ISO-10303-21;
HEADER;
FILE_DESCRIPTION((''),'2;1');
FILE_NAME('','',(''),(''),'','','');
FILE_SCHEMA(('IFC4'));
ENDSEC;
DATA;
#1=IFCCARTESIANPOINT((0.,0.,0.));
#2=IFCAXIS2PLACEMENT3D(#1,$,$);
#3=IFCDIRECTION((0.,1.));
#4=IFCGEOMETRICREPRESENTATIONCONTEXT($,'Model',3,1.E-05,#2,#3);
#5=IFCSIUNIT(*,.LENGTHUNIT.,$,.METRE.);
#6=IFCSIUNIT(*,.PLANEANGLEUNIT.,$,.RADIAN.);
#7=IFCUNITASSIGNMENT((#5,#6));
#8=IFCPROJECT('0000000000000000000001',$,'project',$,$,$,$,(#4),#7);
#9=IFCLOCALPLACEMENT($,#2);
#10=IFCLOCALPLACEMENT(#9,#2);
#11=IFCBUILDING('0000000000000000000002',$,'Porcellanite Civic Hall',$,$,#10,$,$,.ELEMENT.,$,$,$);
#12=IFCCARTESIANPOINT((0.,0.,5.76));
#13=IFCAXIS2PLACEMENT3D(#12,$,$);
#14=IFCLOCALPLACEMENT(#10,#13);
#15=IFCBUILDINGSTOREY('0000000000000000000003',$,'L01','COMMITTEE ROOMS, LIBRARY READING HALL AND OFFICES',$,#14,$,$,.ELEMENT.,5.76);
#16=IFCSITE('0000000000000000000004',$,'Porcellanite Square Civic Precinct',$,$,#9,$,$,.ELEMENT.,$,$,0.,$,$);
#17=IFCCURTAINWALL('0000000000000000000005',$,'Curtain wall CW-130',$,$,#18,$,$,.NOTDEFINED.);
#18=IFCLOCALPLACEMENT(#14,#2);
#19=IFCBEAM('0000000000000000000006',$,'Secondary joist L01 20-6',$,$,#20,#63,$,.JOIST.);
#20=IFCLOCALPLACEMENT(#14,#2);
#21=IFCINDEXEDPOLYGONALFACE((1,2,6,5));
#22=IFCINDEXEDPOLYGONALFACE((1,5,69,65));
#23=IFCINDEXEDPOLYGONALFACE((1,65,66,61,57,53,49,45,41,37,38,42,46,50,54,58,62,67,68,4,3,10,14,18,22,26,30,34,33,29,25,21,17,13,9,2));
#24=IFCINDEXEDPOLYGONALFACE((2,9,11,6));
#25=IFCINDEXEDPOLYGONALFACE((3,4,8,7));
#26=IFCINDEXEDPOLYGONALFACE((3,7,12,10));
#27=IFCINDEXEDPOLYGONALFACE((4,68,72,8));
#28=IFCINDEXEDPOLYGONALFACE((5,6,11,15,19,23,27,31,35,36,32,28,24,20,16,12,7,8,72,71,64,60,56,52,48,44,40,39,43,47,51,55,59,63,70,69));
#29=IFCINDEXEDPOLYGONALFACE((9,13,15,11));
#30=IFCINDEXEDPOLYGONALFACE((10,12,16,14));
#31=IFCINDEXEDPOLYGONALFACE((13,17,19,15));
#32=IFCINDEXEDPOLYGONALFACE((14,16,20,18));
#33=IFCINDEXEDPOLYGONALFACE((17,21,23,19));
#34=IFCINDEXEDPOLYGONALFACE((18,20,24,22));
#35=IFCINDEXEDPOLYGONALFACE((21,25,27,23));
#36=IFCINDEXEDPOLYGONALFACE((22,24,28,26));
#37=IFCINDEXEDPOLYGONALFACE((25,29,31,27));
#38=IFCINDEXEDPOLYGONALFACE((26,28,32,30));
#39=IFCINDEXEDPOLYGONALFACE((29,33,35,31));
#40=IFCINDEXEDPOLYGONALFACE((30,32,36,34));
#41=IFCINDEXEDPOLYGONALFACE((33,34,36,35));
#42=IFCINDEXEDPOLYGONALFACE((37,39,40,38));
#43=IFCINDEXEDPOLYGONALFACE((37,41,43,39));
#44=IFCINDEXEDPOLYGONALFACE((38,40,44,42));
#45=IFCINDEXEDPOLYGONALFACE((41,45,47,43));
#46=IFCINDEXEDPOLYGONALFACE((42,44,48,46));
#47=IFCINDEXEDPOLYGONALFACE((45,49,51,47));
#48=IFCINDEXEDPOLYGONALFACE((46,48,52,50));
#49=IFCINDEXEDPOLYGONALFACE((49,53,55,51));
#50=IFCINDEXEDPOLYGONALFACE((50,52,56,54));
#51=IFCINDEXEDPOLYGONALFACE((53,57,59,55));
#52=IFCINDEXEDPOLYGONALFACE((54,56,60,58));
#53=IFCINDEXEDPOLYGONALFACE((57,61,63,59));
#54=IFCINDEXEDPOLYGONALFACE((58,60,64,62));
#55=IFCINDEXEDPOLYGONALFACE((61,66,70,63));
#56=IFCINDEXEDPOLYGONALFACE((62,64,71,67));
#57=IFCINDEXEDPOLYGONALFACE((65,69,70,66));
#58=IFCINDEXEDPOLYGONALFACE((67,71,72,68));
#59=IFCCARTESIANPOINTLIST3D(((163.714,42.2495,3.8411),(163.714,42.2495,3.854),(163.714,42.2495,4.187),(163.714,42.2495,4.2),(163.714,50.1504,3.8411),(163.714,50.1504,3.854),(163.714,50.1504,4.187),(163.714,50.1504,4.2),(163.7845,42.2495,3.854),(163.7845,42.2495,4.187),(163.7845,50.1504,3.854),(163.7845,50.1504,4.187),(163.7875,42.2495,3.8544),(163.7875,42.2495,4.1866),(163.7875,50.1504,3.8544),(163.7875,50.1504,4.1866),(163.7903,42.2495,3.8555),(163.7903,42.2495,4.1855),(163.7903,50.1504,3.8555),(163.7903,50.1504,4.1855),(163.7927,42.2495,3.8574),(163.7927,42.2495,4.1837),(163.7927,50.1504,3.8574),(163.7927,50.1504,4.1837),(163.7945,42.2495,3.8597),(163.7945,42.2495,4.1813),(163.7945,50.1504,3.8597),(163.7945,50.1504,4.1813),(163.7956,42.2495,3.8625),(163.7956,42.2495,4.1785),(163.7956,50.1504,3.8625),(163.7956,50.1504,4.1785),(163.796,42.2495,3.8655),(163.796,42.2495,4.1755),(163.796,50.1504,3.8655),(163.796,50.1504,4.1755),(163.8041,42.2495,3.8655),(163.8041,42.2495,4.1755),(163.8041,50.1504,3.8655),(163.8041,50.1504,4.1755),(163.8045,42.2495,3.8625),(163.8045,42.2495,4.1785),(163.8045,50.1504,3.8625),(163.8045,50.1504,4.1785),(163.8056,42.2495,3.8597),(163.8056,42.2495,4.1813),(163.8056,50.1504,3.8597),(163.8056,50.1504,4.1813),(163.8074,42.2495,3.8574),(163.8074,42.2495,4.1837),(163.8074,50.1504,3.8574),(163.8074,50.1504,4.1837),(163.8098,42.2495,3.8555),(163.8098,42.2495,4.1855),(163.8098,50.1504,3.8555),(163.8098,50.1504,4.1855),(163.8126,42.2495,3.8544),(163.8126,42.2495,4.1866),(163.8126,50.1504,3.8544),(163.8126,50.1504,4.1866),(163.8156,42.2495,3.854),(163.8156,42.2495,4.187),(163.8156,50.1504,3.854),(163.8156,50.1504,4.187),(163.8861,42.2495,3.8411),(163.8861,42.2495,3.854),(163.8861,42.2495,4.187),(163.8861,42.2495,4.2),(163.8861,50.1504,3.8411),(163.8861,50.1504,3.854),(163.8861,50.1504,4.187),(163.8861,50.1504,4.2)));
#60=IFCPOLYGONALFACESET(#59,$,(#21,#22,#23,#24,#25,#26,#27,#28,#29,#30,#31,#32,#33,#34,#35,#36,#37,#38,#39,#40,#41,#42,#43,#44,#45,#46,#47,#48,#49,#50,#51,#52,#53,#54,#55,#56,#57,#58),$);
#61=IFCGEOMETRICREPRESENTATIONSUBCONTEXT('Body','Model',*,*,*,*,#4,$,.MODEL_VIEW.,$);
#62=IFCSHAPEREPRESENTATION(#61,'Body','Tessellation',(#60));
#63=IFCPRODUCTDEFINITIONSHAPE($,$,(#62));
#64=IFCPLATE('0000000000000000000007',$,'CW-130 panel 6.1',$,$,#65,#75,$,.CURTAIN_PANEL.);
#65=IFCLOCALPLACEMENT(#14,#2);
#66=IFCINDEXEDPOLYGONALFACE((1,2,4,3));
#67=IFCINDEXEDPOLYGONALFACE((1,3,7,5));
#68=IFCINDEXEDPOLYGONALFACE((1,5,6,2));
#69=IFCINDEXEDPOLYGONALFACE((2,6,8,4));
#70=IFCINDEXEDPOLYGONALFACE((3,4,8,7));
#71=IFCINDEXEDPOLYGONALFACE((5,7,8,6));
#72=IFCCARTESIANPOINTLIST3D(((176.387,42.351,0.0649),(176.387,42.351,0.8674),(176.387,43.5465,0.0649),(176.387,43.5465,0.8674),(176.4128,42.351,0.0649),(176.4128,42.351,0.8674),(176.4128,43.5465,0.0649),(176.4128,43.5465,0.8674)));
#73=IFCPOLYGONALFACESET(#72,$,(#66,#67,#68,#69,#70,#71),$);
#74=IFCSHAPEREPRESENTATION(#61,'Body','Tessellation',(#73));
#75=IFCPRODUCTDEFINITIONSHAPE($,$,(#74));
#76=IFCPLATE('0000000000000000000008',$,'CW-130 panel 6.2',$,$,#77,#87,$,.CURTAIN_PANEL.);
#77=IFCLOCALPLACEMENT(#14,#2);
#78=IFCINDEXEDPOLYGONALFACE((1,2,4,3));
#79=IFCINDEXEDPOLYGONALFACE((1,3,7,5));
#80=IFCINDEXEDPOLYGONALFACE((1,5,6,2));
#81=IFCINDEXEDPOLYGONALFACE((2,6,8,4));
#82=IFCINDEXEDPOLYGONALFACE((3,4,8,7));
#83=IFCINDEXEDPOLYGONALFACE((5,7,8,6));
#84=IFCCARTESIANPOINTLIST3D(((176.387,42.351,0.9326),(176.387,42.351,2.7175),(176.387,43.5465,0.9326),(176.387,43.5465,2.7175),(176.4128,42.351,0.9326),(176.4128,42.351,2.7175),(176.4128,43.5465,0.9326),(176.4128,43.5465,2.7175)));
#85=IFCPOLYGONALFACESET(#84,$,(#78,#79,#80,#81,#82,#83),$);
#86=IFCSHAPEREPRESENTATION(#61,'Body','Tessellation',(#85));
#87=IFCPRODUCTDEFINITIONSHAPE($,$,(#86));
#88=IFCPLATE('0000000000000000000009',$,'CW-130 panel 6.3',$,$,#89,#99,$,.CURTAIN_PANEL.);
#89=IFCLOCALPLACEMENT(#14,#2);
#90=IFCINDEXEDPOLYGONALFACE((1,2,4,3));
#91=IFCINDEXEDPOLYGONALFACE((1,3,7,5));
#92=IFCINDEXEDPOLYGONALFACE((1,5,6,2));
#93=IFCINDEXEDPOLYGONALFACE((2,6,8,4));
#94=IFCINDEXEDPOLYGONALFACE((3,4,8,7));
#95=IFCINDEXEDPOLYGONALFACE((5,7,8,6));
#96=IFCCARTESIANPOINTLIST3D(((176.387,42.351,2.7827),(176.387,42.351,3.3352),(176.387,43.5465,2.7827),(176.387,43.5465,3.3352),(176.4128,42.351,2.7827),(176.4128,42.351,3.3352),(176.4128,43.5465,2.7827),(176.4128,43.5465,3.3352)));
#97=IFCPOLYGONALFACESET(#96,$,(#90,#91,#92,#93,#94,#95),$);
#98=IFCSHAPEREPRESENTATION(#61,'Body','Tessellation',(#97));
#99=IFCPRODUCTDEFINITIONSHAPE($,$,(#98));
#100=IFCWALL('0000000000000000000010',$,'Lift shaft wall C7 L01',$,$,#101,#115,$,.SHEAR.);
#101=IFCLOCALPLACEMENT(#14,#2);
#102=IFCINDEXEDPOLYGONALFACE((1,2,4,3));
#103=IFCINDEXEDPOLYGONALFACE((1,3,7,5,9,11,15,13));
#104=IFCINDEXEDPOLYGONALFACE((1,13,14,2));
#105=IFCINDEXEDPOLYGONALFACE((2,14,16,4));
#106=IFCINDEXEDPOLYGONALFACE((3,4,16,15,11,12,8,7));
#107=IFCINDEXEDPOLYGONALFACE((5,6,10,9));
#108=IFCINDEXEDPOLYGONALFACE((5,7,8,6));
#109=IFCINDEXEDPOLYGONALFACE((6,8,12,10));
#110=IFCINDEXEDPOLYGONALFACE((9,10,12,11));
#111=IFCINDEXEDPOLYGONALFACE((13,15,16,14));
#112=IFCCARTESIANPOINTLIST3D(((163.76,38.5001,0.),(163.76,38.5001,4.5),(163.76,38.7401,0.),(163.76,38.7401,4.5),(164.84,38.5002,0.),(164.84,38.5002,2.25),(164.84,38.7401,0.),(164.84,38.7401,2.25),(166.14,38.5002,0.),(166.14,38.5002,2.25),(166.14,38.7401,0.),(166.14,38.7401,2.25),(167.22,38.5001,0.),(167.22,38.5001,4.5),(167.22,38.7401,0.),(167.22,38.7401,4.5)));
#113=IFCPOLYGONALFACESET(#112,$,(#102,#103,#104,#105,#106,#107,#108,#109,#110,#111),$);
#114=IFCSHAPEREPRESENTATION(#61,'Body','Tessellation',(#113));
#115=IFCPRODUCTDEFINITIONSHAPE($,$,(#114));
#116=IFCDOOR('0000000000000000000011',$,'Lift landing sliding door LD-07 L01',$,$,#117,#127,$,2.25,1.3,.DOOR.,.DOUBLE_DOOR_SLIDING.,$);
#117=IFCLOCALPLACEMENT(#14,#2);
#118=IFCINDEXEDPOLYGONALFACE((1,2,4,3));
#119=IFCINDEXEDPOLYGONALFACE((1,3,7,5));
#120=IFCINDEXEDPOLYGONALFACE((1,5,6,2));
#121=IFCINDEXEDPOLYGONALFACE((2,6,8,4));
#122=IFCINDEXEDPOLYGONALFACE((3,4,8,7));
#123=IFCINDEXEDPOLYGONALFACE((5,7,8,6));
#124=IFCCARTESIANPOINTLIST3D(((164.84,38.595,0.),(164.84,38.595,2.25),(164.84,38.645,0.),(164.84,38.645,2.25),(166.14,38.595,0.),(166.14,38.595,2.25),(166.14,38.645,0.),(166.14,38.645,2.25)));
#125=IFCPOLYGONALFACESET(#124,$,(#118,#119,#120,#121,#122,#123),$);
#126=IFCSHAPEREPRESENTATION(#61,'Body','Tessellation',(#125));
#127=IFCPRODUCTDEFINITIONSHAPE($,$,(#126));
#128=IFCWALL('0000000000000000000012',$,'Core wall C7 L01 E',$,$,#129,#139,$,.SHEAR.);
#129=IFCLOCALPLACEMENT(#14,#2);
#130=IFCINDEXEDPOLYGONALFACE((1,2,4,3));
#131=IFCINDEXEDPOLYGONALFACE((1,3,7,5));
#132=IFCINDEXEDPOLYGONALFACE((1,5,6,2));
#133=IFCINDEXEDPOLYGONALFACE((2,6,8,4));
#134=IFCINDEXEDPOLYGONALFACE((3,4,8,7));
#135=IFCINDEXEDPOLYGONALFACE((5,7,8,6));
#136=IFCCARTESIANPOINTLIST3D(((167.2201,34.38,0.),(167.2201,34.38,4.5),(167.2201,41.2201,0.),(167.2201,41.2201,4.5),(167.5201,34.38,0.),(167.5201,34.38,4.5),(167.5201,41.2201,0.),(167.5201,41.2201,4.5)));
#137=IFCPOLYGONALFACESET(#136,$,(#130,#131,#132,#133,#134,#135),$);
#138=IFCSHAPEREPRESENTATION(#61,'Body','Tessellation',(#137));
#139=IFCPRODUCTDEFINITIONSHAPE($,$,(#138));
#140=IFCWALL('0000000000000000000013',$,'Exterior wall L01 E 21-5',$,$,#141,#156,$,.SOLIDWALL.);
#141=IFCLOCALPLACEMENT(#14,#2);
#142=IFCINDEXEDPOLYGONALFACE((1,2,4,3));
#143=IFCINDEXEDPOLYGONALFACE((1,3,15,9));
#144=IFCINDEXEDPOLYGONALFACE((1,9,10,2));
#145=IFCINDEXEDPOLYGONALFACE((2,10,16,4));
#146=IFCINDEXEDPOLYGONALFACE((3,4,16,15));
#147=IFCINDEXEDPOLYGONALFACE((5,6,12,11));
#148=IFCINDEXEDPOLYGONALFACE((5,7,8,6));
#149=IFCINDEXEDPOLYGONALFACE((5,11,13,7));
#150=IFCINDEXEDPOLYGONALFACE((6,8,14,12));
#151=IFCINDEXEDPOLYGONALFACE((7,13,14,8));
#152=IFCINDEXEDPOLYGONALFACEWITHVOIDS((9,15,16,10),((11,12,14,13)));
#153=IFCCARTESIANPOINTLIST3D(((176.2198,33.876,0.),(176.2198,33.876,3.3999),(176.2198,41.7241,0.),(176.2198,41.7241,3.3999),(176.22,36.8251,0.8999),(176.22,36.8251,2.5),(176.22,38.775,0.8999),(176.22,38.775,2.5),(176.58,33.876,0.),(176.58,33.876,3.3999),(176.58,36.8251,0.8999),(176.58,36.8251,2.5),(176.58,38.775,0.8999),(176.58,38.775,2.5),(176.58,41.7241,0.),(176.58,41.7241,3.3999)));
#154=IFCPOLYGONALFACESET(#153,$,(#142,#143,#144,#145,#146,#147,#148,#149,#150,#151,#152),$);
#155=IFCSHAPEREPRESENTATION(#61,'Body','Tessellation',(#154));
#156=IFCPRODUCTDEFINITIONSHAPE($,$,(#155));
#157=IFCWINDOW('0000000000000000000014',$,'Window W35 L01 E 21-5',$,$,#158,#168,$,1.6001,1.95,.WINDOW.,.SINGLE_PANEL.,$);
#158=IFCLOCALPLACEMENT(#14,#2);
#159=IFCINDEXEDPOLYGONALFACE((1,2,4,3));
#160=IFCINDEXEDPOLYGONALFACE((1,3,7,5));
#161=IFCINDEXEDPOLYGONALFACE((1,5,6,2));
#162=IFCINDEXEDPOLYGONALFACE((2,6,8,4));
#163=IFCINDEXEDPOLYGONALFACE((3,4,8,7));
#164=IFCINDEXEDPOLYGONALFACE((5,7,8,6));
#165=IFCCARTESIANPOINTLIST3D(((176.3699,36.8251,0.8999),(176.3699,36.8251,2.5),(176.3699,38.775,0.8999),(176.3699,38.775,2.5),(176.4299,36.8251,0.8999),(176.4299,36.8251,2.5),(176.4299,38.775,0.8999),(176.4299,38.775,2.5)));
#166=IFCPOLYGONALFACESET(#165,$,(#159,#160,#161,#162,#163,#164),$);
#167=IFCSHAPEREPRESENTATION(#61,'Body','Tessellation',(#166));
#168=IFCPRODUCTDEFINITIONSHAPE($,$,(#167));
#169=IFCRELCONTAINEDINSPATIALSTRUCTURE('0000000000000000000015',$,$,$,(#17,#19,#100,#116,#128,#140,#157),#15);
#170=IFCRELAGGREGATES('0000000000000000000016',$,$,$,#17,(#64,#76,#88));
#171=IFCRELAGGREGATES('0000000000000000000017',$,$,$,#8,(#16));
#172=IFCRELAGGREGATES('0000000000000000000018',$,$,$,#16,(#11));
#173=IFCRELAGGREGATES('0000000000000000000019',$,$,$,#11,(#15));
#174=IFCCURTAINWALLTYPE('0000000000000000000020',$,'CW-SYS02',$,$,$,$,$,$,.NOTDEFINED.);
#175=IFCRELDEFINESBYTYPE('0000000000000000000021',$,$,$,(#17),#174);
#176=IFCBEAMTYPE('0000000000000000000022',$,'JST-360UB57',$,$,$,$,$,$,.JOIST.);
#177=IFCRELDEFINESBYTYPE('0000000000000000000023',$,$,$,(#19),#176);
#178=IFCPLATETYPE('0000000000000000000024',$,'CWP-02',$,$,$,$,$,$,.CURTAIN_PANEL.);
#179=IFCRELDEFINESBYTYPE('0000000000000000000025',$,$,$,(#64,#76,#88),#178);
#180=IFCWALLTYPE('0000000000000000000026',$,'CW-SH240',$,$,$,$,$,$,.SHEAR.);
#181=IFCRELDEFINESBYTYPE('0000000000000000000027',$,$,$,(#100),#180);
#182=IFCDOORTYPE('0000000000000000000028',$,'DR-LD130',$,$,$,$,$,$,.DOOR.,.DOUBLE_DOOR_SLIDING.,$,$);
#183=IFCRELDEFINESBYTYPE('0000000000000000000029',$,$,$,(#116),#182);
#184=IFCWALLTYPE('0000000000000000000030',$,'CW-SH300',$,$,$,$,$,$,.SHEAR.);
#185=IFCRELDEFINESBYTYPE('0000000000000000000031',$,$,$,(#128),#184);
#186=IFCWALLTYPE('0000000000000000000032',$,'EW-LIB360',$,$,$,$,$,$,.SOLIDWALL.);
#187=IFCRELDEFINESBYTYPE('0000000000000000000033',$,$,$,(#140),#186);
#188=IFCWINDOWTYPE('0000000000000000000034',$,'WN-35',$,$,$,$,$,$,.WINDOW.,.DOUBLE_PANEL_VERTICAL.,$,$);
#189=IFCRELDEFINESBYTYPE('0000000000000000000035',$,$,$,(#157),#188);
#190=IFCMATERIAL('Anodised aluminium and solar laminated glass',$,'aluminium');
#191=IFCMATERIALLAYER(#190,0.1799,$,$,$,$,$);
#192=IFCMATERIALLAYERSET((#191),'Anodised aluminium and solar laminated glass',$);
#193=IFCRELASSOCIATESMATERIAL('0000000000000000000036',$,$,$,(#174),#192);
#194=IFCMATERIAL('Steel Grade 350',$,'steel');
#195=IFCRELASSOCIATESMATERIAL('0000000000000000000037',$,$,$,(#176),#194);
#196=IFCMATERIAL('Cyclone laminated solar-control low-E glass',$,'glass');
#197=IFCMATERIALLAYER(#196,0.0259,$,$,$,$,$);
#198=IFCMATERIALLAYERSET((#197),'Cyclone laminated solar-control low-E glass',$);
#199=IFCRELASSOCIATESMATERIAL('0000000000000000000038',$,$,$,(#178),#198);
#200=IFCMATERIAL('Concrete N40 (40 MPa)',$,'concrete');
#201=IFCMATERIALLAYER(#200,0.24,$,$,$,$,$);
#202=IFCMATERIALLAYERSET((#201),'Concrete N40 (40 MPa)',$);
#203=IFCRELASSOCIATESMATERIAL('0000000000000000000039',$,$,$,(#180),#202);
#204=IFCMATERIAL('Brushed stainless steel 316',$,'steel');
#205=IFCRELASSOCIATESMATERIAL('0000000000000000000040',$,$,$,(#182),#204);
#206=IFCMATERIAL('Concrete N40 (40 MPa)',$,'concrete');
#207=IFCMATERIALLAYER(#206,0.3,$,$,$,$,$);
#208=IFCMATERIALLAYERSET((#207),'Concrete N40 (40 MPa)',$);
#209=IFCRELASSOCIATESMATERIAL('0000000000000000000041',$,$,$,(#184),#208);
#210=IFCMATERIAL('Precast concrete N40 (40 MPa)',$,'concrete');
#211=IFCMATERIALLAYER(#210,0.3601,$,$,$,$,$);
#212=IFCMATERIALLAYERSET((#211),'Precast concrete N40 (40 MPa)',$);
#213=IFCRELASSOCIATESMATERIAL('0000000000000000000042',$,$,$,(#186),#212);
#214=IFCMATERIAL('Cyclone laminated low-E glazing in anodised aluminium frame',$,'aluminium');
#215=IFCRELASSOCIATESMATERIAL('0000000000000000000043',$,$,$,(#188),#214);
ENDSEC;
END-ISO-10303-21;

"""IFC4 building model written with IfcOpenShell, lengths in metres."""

from ifc_helpers import new_model, si_unit, direction, frame, frame_2d, origin, origin_2d, place, context, subcontext, project, spatial, rectangle, i_section, extrude, material, layer, layer_set, material_profile, profile_set, type_object, element, fill, aggregate, save


model = new_model("IFC4")

# Units and contexts
model_context = context("Model", 3, precision=1e-05, world=origin(), true_north=direction((0.0, 1.0)))
body_context = subcontext(model_context, "Body", "Model", "MODEL_VIEW")
ifc_project = project(units=[si_unit("LENGTHUNIT", "METRE"), si_unit("PLANEANGLEUNIT", "RADIAN")], contexts=[model_context])

# Site, building, storey
site_placement = place(None, origin())
site = spatial("IfcSite", under=ifc_project, at=site_placement, Name="Porcellanite Square Civic Precinct", CompositionType="ELEMENT", RefElevation=0.0)
building_placement = place(site_placement, origin())
building = spatial("IfcBuilding", under=site, at=building_placement, Name="Porcellanite Civic Hall", CompositionType="ELEMENT")
storey_placement = place(building_placement, frame((0.0, 0.0, 5.76)))
storey = spatial("IfcBuildingStorey", under=building, at=storey_placement, Name="L01", Description="COMMITTEE ROOMS, LIBRARY READING HALL AND OFFICES", CompositionType="ELEMENT", Elevation=5.76)

# Curtain wall
ifc_material_1 = material(Name="Anodised aluminium and solar laminated glass", Category="aluminium")
ifc_layer_1 = layer(ifc_material_1, 0.1799)
ifc_layer_set_1 = layer_set([ifc_layer_1], Name="Anodised aluminium and solar laminated glass")
curtain_wall_type = type_object("IfcCurtainWallType", Name="CW-SYS02", PredefinedType="NOTDEFINED", material=ifc_layer_set_1)
curtain_wall_placement = place(storey_placement, origin())
curtain_wall = element("IfcCurtainWall", 1, at=curtain_wall_placement, inside=storey, type_object=curtain_wall_type, Name="Curtain wall CW-130", PredefinedType="NOTDEFINED")

# Beam
ifc_material_2 = material(Name="Steel Grade 350", Category="steel")
ifc_material_profile_1 = material_profile(ifc_material_2, i_section(OverallWidth=0.1721, OverallDepth=0.3589, WebThickness=0.0081, FlangeThickness=0.0129, FilletRadius=0.0115, at=origin_2d()), Name="360UB56.7")
ifc_profile_set_1 = profile_set([ifc_material_profile_1], Name="Steel Grade 350")
beam_type_1 = type_object("IfcBeamType", Name="JST-360UB57", PredefinedType="JOIST", material=ifc_profile_set_1)
beam_1_placement = place(storey_placement, frame((163.8, 42.2495, 4.0205), z_axis=(0.0, 1.0, 0.0), x_axis=(-1.0, 0.0, 0.0)))
element("IfcBeam", 2, at=beam_1_placement, inside=storey, type_object=beam_type_1, Name="Secondary joist L01 20-6", PredefinedType="JOIST", context=body_context, shape_type="SweptSolid", body=[
    extrude(i_section(OverallWidth=0.1721, OverallDepth=0.3589, WebThickness=0.0081, FlangeThickness=0.0129, FilletRadius=0.0115, at=origin_2d()), origin(), (0.0, 0.0, 1.0), 7.9009),
])

# Plates
ifc_material_3 = material(Name="Cyclone laminated solar-control low-E glass", Category="glass")
ifc_layer_2 = layer(ifc_material_3, 0.0259)
ifc_layer_set_2 = layer_set([ifc_layer_2], Name="Cyclone laminated solar-control low-E glass")
plate_type = type_object("IfcPlateType", Name="CWP-02", PredefinedType="CURTAIN_PANEL", material=ifc_layer_set_2)
plate_1_placement = place(storey_placement, frame((176.3999, 42.9487, 0.0649), z_axis=(0.0, 0.0, 1.0), x_axis=(0.0, -1.0, 0.0)))
plate_1 = element("IfcPlate", 3, at=plate_1_placement, type_object=plate_type, Name="CW-130 panel 6.1", PredefinedType="CURTAIN_PANEL", context=body_context, shape_type="SweptSolid", body=[
    extrude(rectangle(XDim=1.1956, YDim=0.0259, at=origin_2d()), origin(), (0.0, 0.0, 1.0), 0.8025),
])
plate_2_placement = place(storey_placement, frame((176.3999, 42.9487, 0.9326), z_axis=(0.0, 0.0, 1.0), x_axis=(0.0, -1.0, 0.0)))
plate_2 = element("IfcPlate", 4, at=plate_2_placement, type_object=plate_type, Name="CW-130 panel 6.2", PredefinedType="CURTAIN_PANEL", context=body_context, shape_type="SweptSolid", body=[
    extrude(rectangle(XDim=1.1956, YDim=0.0259, at=origin_2d()), origin(), (0.0, 0.0, 1.0), 1.7849),
])
plate_3_placement = place(storey_placement, frame((176.3999, 42.9487, 2.7827), z_axis=(0.0, 0.0, 1.0), x_axis=(0.0, -1.0, 0.0)))
plate_3 = element("IfcPlate", 5, at=plate_3_placement, type_object=plate_type, Name="CW-130 panel 6.3", PredefinedType="CURTAIN_PANEL", context=body_context, shape_type="SweptSolid", body=[
    extrude(rectangle(XDim=1.1956, YDim=0.0259, at=origin_2d()), origin(), (0.0, 0.0, 1.0), 0.5525),
])
aggregate(curtain_wall, [plate_1, plate_2, plate_3])

# Wall, opening, door
ifc_material_4 = material(Name="Concrete N40 (40 MPa)", Category="concrete")
ifc_layer_3 = layer(ifc_material_4, 0.24)
ifc_layer_set_3 = layer_set([ifc_layer_3], Name="Concrete N40 (40 MPa)")
wall_type_1 = type_object("IfcWallType", Name="CW-SH240", PredefinedType="SHEAR", material=ifc_layer_set_3)
wall_1_placement = place(storey_placement, frame((163.76, 38.6201, 0.0), z_axis=(0.0, 0.0, 1.0), x_axis=(1.0, 0.0, 0.0)))
wall_1 = element("IfcWall", 6, at=wall_1_placement, inside=storey, type_object=wall_type_1, Name="Lift shaft wall C7 L01", PredefinedType="SHEAR", context=body_context, shape_type="SweptSolid", body=[
    extrude(rectangle(XDim=3.46, YDim=0.24, at=frame_2d((1.73, 0.0))), origin(), (0.0, 0.0, 1.0), 4.5),
])
opening_1_placement = place(wall_1_placement, frame((1.0801, 0.0, 0.0)))
opening_1 = element("IfcOpeningElement", 7, at=opening_1_placement, cuts=wall_1, PredefinedType="OPENING", context=body_context, shape_type="SweptSolid", body=[
    extrude(rectangle(XDim=1.3, YDim=2.25, at=frame_2d((0.6499, 1.125))), frame((0.0, 0.1201, 0.0), z_axis=(0.0, -1.0, 0.0), x_axis=(1.0, 0.0, 0.0)), (0.0, 0.0, 1.0), 0.24),
])
ifc_material_5 = material(Name="Brushed stainless steel 316", Category="steel")
door_type_1 = type_object("IfcDoorType", Name="DR-LD130", OperationType="DOUBLE_DOOR_SLIDING", PredefinedType="DOOR", material=ifc_material_5)
door_1_placement = place(opening_1_placement, origin())
door_1 = element("IfcDoor", 8, at=door_1_placement, inside=storey, type_object=door_type_1, Name="Lift landing sliding door LD-07 L01", OperationType="DOUBLE_DOOR_SLIDING", OverallHeight=2.25, OverallWidth=1.3, PredefinedType="DOOR", context=body_context, shape_type="SweptSolid", body=[
    extrude(rectangle(XDim=1.3, YDim=2.25, at=frame_2d((0.6499, 1.125))), frame((0.0, 0.0249, 0.0), z_axis=(0.0, -1.0, 0.0), x_axis=(1.0, 0.0, 0.0)), (0.0, 0.0, 1.0), 0.05),
])
fill(opening_1, door_1)
ifc_material_6 = material(Name="Concrete N40 (40 MPa)", Category="concrete")
ifc_layer_4 = layer(ifc_material_6, 0.3)
ifc_layer_set_4 = layer_set([ifc_layer_4], Name="Concrete N40 (40 MPa)")
wall_type_2 = type_object("IfcWallType", Name="CW-SH300", PredefinedType="SHEAR", material=ifc_layer_set_4)

# Wall
wall_2_placement = place(storey_placement, frame((167.3701, 41.22, 0.0), z_axis=(0.0, 0.0, 1.0), x_axis=(0.0, -1.0, 0.0)))
element("IfcWall", 9, at=wall_2_placement, inside=storey, type_object=wall_type_2, Name="Core wall C7 L01 E", PredefinedType="SHEAR", context=body_context, shape_type="SweptSolid", body=[
    extrude(rectangle(XDim=6.8401, YDim=0.3, at=frame_2d((3.4199, 0.0))), origin(), (0.0, 0.0, 1.0), 4.5),
])

# Wall, opening, window
ifc_material_7 = material(Name="Precast concrete N40 (40 MPa)", Category="concrete")
ifc_layer_5 = layer(ifc_material_7, 0.3601)
ifc_layer_set_5 = layer_set([ifc_layer_5], Name="Precast concrete N40 (40 MPa)")
wall_type_3 = type_object("IfcWallType", Name="EW-LIB360", PredefinedType="SOLIDWALL", material=ifc_layer_set_5)
wall_3_placement = place(storey_placement, frame((176.3999, 41.7241, 0.0), z_axis=(0.0, 0.0, 1.0), x_axis=(0.0, -1.0, 0.0)))
wall_3 = element("IfcWall", 10, at=wall_3_placement, inside=storey, type_object=wall_type_3, Name="Exterior wall L01 E 21-5", PredefinedType="SOLIDWALL", context=body_context, shape_type="SweptSolid", body=[
    extrude(rectangle(XDim=7.8481, YDim=0.3601, at=frame_2d((3.9241, 0.0))), origin(), (0.0, 0.0, 1.0), 3.3999),
])
opening_2_placement = place(wall_3_placement, frame((2.949, 0.0, 0.8999)))
opening_2 = element("IfcOpeningElement", 11, at=opening_2_placement, cuts=wall_3, PredefinedType="OPENING", context=body_context, shape_type="SweptSolid", body=[
    extrude(rectangle(XDim=1.95, YDim=1.6001, at=frame_2d((0.9751, 0.8))), frame((0.0, 0.1802, 0.0), z_axis=(0.0, -1.0, 0.0), x_axis=(1.0, 0.0, 0.0)), (0.0, 0.0, 1.0), 0.3601),
])
ifc_material_8 = material(Name="Cyclone laminated low-E glazing in anodised aluminium frame", Category="aluminium")
window_type = type_object("IfcWindowType", Name="WN-35", PartitioningType="DOUBLE_PANEL_VERTICAL", PredefinedType="WINDOW", material=ifc_material_8)
window_placement = place(opening_2_placement, origin())
window = element("IfcWindow", 12, at=window_placement, inside=storey, type_object=window_type, Name="Window W35 L01 E 21-5", OverallHeight=1.6001, OverallWidth=1.95, PartitioningType="SINGLE_PANEL", PredefinedType="WINDOW", context=body_context, shape_type="SweptSolid", body=[
    extrude(rectangle(XDim=1.95, YDim=1.6001, at=frame_2d((0.9751, 0.8))), frame((0.0, 0.03, 0.0), z_axis=(0.0, -1.0, 0.0), x_axis=(1.0, 0.0, 0.0)), (0.0, 0.0, 1.0), 0.0601),
])
fill(opening_2, window)

save(model, "model.ifc")
